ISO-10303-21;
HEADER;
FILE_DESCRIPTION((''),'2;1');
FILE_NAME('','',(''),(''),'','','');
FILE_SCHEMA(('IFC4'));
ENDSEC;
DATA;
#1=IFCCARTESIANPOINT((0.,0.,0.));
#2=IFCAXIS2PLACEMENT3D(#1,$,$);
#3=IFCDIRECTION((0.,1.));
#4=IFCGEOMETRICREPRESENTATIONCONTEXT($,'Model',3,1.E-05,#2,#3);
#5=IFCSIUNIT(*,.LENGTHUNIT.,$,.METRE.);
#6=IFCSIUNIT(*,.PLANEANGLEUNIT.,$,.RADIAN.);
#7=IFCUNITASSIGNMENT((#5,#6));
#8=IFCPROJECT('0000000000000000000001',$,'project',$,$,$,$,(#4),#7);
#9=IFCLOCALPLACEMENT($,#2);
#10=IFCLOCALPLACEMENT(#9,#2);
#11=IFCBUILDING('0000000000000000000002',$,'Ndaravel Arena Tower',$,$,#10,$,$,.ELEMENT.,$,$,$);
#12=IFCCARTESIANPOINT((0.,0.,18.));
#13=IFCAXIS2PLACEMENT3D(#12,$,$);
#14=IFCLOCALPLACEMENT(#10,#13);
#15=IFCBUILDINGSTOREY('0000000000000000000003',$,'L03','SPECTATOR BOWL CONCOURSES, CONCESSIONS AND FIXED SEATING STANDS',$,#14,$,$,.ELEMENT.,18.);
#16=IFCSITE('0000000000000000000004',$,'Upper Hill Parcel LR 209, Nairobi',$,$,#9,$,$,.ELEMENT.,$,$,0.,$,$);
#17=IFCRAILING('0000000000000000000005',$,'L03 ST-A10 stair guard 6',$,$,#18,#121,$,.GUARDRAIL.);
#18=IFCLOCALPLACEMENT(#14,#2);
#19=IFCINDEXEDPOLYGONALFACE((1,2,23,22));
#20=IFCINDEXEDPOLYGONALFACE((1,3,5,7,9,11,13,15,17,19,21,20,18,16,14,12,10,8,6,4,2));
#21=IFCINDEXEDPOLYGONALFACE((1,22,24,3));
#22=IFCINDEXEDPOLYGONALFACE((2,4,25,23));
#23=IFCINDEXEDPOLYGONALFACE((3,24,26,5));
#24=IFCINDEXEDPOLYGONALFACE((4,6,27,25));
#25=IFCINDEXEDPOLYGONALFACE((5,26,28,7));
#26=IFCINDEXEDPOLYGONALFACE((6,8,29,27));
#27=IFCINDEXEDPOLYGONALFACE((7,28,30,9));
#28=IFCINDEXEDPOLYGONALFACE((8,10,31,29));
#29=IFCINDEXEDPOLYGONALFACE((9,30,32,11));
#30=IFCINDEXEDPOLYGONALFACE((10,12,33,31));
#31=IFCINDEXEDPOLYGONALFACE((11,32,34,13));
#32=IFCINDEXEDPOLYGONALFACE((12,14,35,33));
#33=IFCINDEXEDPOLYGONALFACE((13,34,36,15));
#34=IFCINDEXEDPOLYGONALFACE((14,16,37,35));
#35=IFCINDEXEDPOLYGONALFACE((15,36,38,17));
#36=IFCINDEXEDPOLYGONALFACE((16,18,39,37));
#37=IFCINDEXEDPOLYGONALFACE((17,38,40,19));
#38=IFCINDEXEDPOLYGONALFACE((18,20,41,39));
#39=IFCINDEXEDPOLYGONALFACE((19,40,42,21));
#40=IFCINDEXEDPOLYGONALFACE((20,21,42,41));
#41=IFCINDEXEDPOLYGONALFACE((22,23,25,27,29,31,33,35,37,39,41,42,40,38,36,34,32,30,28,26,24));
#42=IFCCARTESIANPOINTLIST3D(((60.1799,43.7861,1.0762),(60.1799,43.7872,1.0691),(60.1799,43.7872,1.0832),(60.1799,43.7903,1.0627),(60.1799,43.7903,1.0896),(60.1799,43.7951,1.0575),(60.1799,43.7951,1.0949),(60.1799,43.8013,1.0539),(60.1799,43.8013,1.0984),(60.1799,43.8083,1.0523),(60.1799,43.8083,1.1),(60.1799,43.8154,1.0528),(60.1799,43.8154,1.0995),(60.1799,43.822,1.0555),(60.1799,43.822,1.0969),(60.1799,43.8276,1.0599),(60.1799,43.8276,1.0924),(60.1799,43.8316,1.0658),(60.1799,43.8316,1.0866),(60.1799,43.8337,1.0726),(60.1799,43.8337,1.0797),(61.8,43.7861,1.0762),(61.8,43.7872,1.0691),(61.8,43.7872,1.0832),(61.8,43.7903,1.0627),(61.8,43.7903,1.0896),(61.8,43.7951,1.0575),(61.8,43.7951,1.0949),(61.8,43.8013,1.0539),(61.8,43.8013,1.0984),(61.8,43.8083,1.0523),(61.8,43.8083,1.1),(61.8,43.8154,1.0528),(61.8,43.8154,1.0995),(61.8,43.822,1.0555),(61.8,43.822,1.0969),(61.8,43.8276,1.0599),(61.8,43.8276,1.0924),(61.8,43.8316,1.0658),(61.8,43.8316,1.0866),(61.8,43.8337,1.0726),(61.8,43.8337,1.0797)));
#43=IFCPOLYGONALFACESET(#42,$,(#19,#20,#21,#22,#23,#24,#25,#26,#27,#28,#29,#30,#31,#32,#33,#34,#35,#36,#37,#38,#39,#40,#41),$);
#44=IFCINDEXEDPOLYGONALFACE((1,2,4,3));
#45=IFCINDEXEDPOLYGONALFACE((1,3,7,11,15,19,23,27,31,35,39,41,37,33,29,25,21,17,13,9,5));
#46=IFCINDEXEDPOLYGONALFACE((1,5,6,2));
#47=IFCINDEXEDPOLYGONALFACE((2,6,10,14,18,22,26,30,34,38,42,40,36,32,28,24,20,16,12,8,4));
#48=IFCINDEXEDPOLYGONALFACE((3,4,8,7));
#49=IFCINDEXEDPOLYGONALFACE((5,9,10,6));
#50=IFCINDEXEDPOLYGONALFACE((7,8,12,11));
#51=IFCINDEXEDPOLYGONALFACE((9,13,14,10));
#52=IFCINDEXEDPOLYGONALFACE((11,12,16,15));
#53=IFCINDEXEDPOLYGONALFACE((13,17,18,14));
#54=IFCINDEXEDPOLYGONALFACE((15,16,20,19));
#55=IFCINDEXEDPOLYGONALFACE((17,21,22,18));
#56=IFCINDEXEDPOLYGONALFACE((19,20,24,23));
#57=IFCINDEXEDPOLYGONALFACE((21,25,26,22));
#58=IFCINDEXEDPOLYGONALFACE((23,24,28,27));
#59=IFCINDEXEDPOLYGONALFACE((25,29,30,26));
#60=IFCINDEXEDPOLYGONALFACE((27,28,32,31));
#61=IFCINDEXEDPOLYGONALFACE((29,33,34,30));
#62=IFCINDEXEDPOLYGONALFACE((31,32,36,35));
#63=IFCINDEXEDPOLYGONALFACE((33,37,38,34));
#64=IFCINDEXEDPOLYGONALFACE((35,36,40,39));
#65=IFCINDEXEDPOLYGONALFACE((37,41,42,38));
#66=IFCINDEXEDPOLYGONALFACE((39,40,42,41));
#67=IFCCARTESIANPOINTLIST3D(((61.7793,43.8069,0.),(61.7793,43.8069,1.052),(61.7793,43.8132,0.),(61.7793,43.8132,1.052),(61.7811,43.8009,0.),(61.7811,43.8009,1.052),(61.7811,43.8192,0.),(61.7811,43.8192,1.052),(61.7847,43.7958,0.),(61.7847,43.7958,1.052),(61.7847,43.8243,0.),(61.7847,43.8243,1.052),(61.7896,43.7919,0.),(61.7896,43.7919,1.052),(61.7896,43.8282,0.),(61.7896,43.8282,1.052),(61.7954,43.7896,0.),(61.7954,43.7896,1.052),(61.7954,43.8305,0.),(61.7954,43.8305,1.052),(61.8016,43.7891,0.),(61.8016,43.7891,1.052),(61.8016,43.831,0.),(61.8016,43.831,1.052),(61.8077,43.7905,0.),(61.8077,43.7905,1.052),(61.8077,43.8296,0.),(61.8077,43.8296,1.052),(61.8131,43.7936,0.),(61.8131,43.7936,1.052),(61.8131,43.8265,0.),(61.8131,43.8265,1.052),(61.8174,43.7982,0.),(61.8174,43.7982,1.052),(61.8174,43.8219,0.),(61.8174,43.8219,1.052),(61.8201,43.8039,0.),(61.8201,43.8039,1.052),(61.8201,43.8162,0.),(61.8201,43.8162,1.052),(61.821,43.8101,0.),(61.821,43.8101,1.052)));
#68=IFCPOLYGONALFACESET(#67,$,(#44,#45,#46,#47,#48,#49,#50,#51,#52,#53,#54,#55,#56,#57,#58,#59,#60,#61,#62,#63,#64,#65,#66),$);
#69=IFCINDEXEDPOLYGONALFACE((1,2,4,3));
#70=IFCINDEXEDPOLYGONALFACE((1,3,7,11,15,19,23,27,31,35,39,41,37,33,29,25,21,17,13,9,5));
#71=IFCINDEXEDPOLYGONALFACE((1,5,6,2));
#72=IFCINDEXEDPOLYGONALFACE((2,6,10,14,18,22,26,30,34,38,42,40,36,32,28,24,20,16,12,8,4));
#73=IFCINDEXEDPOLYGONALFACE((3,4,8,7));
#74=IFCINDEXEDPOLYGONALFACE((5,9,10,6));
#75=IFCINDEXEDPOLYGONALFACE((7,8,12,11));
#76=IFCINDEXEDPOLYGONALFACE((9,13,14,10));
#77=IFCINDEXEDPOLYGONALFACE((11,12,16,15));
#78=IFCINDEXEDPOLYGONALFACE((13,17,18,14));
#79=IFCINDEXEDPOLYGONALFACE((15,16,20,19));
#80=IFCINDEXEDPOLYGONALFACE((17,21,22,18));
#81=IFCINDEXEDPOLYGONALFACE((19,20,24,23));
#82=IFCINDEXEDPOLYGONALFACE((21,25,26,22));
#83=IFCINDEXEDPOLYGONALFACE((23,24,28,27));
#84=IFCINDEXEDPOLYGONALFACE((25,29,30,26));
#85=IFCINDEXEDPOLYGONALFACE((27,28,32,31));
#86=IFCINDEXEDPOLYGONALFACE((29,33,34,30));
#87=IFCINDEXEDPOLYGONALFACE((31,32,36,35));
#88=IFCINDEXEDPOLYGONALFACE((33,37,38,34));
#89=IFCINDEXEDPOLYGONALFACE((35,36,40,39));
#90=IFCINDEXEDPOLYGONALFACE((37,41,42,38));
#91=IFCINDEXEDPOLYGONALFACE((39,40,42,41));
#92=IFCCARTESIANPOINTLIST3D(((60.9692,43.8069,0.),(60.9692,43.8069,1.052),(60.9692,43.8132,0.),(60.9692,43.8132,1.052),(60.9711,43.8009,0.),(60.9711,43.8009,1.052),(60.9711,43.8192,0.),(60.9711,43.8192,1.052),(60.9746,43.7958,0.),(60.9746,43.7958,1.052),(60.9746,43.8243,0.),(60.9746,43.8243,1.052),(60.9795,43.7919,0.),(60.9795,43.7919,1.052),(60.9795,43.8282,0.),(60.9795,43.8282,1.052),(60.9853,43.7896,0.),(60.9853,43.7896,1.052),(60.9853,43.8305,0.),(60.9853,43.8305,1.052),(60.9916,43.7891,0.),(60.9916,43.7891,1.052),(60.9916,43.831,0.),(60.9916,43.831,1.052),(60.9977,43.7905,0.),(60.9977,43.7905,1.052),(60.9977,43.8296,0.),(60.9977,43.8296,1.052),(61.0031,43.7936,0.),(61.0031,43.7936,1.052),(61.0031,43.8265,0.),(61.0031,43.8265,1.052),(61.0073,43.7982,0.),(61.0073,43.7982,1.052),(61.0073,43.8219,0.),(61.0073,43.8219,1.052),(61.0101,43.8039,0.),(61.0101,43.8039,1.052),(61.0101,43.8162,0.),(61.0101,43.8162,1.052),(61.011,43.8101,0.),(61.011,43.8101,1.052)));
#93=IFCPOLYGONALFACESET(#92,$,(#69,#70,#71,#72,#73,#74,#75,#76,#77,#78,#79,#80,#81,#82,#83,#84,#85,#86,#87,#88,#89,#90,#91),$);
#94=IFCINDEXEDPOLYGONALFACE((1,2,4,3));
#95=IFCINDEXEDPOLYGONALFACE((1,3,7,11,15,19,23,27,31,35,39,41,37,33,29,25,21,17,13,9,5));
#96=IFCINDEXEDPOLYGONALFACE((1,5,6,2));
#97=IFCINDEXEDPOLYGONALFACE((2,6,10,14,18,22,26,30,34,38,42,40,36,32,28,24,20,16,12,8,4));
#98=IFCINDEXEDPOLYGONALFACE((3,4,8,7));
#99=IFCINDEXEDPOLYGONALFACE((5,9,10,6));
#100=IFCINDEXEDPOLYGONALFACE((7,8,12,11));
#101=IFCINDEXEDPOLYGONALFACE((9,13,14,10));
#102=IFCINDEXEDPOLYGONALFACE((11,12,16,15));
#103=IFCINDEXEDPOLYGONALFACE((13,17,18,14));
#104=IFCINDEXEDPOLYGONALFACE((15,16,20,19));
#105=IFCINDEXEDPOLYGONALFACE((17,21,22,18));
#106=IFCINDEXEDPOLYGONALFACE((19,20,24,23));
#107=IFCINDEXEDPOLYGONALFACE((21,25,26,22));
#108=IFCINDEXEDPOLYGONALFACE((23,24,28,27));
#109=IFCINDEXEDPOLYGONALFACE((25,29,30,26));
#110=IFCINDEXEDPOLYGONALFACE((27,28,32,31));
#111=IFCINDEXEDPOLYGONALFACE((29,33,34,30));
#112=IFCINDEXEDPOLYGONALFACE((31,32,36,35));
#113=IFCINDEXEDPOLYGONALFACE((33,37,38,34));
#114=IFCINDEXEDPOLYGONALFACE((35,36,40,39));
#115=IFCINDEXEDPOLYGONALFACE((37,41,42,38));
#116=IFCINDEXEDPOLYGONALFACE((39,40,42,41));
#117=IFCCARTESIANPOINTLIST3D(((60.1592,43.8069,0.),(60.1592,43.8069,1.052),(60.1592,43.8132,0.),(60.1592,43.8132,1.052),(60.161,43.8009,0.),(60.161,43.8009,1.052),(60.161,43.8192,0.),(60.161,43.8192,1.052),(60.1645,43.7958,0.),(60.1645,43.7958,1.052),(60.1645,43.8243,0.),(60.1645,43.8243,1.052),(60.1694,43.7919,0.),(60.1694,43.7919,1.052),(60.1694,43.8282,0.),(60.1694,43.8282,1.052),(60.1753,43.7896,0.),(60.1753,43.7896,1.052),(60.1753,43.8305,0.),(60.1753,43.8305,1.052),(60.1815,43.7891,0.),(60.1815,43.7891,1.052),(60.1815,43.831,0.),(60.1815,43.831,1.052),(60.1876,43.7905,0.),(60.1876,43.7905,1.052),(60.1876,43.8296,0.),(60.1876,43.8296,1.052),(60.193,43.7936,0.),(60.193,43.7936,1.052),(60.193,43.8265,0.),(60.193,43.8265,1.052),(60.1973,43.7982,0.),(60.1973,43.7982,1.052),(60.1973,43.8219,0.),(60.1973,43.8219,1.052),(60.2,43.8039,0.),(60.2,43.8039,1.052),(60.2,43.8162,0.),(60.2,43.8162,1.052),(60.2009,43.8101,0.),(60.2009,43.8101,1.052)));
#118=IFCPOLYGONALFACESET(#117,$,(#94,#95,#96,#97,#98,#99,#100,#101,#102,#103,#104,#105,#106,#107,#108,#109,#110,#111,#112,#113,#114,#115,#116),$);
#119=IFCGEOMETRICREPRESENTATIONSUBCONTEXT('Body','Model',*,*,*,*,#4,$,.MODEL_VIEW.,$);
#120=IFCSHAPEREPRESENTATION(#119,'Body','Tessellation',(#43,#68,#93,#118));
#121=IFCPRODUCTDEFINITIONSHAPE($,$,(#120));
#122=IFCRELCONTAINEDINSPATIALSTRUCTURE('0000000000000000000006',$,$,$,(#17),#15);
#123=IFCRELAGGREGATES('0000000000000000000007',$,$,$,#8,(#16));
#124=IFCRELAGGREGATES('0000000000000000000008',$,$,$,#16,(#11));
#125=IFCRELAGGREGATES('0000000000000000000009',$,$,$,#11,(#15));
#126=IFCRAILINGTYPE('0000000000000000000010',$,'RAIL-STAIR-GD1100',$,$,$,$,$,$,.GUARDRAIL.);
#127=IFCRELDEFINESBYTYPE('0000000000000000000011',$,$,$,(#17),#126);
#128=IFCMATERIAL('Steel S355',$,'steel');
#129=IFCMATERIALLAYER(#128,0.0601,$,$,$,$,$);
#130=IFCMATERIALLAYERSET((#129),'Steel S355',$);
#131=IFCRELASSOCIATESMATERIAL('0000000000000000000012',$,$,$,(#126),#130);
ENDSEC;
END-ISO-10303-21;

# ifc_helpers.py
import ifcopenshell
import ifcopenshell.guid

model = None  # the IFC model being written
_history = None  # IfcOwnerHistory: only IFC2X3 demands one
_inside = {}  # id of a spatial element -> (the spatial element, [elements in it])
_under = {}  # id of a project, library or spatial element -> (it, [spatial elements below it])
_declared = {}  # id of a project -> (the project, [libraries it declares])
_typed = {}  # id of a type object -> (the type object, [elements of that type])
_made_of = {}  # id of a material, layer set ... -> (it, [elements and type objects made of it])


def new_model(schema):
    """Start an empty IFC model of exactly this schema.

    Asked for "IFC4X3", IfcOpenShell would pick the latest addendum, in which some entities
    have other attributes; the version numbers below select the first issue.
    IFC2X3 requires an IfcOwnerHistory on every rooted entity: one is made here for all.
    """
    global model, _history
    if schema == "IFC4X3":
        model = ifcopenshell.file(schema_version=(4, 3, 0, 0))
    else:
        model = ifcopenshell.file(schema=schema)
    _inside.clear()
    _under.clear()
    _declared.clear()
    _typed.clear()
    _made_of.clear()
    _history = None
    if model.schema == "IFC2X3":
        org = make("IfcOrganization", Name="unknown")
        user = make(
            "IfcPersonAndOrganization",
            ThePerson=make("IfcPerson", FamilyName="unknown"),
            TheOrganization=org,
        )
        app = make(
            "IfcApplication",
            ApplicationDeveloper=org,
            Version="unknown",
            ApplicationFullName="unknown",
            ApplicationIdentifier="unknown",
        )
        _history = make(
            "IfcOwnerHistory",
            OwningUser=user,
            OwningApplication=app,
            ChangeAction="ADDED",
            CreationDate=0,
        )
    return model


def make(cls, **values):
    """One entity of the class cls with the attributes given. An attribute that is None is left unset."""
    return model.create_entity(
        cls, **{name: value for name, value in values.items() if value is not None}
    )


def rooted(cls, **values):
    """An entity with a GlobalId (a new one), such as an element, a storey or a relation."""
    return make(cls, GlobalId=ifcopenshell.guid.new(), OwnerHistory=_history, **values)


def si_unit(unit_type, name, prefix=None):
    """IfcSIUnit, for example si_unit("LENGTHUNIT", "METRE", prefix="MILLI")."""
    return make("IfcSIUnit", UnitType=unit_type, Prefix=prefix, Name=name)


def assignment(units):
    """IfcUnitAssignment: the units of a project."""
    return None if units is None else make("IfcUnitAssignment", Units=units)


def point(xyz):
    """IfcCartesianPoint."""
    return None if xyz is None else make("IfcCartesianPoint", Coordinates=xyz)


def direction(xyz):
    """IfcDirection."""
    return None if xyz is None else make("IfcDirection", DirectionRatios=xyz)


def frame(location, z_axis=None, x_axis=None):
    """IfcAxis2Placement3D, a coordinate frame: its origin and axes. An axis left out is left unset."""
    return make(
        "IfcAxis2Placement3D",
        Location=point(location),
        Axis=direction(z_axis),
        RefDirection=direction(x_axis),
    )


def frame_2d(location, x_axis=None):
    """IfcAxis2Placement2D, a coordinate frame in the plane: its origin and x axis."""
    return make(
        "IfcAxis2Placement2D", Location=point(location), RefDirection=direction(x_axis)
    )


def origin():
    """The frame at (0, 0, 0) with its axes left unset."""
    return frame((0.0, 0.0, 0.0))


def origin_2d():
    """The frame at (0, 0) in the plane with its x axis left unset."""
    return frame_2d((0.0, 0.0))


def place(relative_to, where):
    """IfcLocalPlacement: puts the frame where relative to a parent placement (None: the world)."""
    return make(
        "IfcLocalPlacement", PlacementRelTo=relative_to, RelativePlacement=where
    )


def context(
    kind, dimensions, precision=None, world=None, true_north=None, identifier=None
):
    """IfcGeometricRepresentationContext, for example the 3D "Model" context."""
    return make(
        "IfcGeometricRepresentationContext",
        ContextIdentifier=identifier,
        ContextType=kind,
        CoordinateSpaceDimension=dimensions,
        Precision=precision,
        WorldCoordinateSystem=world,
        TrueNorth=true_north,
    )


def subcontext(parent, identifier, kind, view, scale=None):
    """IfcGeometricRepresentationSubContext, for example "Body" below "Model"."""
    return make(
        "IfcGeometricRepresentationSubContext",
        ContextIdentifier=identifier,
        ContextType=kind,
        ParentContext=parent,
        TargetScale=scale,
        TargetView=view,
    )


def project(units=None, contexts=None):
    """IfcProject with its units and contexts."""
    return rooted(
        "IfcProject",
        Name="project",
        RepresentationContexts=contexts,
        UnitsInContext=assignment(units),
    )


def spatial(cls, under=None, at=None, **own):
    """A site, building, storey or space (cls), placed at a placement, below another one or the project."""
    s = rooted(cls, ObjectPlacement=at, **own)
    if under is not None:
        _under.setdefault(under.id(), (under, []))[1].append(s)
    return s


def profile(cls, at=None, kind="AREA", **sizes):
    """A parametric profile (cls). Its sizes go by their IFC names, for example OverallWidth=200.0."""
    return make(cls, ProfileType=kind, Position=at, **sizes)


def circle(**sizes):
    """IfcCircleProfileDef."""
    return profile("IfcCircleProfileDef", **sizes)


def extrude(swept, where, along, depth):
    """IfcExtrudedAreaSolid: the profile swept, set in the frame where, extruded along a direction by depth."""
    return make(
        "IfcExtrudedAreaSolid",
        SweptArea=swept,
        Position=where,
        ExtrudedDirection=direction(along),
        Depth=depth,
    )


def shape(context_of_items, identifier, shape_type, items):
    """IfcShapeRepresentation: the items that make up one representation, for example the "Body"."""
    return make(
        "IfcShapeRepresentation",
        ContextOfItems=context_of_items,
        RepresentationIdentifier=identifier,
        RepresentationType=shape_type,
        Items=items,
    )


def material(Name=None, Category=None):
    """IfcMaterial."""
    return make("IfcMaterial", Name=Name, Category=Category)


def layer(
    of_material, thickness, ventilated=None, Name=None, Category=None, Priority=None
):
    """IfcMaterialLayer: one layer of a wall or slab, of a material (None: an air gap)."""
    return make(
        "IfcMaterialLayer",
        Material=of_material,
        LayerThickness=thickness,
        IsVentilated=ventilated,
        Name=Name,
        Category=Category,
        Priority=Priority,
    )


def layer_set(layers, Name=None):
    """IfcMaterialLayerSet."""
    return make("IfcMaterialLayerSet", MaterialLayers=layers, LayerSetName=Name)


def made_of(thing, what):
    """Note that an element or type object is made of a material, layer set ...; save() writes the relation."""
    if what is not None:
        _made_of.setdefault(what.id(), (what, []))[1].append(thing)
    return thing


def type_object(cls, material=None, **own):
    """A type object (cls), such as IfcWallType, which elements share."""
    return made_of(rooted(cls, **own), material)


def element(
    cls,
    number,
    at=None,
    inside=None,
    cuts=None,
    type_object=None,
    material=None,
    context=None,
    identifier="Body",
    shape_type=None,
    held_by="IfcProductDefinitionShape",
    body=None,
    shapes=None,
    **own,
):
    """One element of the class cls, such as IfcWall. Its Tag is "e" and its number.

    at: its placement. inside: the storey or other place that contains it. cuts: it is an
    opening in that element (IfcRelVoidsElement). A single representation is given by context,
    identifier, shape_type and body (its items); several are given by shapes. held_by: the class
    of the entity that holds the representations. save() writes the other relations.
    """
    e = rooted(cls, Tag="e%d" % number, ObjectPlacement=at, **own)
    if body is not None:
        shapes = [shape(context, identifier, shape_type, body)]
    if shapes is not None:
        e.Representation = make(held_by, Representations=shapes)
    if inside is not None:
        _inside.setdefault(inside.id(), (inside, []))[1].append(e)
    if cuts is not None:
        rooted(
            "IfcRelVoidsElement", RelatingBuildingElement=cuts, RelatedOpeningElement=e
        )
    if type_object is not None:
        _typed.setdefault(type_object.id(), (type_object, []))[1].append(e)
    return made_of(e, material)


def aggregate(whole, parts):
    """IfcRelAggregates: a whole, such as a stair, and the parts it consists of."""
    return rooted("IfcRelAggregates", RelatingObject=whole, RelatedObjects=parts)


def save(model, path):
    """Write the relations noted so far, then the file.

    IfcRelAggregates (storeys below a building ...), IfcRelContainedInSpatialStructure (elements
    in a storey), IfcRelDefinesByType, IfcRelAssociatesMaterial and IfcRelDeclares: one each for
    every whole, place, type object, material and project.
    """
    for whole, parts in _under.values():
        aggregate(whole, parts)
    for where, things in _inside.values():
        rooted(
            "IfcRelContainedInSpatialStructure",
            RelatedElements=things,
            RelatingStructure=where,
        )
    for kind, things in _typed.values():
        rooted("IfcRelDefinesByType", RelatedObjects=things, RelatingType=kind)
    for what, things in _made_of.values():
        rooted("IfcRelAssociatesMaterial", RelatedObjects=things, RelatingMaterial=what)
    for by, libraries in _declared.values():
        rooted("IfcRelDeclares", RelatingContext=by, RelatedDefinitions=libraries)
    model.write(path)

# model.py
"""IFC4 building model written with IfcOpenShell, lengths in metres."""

from ifc_helpers import new_model, si_unit, direction, frame, origin, origin_2d, place, context, subcontext, project, spatial, circle, extrude, material, layer, layer_set, type_object, element, save


model = new_model("IFC4")

# Units and contexts
model_context = context("Model", 3, precision=1e-05, world=origin(), true_north=direction((0.0, 1.0)))
body_context = subcontext(model_context, "Body", "Model", "MODEL_VIEW")
ifc_project = project(units=[si_unit("LENGTHUNIT", "METRE"), si_unit("PLANEANGLEUNIT", "RADIAN")], contexts=[model_context])

# Site, building, storey
site_placement = place(None, origin())
site = spatial("IfcSite", under=ifc_project, at=site_placement, Name="Upper Hill Parcel LR 209, Nairobi", CompositionType="ELEMENT", RefElevation=0.0)
building_placement = place(site_placement, origin())
building = spatial("IfcBuilding", under=site, at=building_placement, Name="Ndaravel Arena Tower", CompositionType="ELEMENT")
storey_placement = place(building_placement, frame((0.0, 0.0, 18.0)))
storey = spatial("IfcBuildingStorey", under=building, at=storey_placement, Name="L03", Description="SPECTATOR BOWL CONCOURSES, CONCESSIONS AND FIXED SEATING STANDS", CompositionType="ELEMENT", Elevation=18.0)

# Railing
ifc_material_1 = material(Name="Steel S355", Category="steel")
ifc_layer_1 = layer(ifc_material_1, 0.0601)
ifc_layer_set_1 = layer_set([ifc_layer_1], Name="Steel S355")
railing_type_1 = type_object("IfcRailingType", Name="RAIL-STAIR-GD1100", PredefinedType="GUARDRAIL", material=ifc_layer_set_1)
for number, where, name in (
    (1, (61.8, 43.8101, 0.0), "L03 ST-A10 stair guard 6"),
):
    element("IfcRailing", number, at=place(storey_placement, frame(where)), inside=storey, type_object=railing_type_1, Name=name, PredefinedType="GUARDRAIL", context=body_context, shape_type="SweptSolid", body=[
        extrude(circle(Radius=0.0239, at=origin_2d()), frame((0.0, 0.0, 1.0762), z_axis=(-1.0, 0.0, 0.0), x_axis=(0.0, -1.0, 0.0)), (0.0, 0.0, 1.0), 1.6201),
        extrude(circle(Radius=0.021, at=origin_2d()), origin(), (0.0, 0.0, 1.0), 1.052),
        extrude(circle(Radius=0.021, at=origin_2d()), frame((-0.8101, 0.0, 0.0)), (0.0, 0.0, 1.0), 1.052),
        extrude(circle(Radius=0.021, at=origin_2d()), frame((-1.6201, 0.0, 0.0)), (0.0, 0.0, 1.0), 1.052),
    ])

save(model, "model.ifc")
